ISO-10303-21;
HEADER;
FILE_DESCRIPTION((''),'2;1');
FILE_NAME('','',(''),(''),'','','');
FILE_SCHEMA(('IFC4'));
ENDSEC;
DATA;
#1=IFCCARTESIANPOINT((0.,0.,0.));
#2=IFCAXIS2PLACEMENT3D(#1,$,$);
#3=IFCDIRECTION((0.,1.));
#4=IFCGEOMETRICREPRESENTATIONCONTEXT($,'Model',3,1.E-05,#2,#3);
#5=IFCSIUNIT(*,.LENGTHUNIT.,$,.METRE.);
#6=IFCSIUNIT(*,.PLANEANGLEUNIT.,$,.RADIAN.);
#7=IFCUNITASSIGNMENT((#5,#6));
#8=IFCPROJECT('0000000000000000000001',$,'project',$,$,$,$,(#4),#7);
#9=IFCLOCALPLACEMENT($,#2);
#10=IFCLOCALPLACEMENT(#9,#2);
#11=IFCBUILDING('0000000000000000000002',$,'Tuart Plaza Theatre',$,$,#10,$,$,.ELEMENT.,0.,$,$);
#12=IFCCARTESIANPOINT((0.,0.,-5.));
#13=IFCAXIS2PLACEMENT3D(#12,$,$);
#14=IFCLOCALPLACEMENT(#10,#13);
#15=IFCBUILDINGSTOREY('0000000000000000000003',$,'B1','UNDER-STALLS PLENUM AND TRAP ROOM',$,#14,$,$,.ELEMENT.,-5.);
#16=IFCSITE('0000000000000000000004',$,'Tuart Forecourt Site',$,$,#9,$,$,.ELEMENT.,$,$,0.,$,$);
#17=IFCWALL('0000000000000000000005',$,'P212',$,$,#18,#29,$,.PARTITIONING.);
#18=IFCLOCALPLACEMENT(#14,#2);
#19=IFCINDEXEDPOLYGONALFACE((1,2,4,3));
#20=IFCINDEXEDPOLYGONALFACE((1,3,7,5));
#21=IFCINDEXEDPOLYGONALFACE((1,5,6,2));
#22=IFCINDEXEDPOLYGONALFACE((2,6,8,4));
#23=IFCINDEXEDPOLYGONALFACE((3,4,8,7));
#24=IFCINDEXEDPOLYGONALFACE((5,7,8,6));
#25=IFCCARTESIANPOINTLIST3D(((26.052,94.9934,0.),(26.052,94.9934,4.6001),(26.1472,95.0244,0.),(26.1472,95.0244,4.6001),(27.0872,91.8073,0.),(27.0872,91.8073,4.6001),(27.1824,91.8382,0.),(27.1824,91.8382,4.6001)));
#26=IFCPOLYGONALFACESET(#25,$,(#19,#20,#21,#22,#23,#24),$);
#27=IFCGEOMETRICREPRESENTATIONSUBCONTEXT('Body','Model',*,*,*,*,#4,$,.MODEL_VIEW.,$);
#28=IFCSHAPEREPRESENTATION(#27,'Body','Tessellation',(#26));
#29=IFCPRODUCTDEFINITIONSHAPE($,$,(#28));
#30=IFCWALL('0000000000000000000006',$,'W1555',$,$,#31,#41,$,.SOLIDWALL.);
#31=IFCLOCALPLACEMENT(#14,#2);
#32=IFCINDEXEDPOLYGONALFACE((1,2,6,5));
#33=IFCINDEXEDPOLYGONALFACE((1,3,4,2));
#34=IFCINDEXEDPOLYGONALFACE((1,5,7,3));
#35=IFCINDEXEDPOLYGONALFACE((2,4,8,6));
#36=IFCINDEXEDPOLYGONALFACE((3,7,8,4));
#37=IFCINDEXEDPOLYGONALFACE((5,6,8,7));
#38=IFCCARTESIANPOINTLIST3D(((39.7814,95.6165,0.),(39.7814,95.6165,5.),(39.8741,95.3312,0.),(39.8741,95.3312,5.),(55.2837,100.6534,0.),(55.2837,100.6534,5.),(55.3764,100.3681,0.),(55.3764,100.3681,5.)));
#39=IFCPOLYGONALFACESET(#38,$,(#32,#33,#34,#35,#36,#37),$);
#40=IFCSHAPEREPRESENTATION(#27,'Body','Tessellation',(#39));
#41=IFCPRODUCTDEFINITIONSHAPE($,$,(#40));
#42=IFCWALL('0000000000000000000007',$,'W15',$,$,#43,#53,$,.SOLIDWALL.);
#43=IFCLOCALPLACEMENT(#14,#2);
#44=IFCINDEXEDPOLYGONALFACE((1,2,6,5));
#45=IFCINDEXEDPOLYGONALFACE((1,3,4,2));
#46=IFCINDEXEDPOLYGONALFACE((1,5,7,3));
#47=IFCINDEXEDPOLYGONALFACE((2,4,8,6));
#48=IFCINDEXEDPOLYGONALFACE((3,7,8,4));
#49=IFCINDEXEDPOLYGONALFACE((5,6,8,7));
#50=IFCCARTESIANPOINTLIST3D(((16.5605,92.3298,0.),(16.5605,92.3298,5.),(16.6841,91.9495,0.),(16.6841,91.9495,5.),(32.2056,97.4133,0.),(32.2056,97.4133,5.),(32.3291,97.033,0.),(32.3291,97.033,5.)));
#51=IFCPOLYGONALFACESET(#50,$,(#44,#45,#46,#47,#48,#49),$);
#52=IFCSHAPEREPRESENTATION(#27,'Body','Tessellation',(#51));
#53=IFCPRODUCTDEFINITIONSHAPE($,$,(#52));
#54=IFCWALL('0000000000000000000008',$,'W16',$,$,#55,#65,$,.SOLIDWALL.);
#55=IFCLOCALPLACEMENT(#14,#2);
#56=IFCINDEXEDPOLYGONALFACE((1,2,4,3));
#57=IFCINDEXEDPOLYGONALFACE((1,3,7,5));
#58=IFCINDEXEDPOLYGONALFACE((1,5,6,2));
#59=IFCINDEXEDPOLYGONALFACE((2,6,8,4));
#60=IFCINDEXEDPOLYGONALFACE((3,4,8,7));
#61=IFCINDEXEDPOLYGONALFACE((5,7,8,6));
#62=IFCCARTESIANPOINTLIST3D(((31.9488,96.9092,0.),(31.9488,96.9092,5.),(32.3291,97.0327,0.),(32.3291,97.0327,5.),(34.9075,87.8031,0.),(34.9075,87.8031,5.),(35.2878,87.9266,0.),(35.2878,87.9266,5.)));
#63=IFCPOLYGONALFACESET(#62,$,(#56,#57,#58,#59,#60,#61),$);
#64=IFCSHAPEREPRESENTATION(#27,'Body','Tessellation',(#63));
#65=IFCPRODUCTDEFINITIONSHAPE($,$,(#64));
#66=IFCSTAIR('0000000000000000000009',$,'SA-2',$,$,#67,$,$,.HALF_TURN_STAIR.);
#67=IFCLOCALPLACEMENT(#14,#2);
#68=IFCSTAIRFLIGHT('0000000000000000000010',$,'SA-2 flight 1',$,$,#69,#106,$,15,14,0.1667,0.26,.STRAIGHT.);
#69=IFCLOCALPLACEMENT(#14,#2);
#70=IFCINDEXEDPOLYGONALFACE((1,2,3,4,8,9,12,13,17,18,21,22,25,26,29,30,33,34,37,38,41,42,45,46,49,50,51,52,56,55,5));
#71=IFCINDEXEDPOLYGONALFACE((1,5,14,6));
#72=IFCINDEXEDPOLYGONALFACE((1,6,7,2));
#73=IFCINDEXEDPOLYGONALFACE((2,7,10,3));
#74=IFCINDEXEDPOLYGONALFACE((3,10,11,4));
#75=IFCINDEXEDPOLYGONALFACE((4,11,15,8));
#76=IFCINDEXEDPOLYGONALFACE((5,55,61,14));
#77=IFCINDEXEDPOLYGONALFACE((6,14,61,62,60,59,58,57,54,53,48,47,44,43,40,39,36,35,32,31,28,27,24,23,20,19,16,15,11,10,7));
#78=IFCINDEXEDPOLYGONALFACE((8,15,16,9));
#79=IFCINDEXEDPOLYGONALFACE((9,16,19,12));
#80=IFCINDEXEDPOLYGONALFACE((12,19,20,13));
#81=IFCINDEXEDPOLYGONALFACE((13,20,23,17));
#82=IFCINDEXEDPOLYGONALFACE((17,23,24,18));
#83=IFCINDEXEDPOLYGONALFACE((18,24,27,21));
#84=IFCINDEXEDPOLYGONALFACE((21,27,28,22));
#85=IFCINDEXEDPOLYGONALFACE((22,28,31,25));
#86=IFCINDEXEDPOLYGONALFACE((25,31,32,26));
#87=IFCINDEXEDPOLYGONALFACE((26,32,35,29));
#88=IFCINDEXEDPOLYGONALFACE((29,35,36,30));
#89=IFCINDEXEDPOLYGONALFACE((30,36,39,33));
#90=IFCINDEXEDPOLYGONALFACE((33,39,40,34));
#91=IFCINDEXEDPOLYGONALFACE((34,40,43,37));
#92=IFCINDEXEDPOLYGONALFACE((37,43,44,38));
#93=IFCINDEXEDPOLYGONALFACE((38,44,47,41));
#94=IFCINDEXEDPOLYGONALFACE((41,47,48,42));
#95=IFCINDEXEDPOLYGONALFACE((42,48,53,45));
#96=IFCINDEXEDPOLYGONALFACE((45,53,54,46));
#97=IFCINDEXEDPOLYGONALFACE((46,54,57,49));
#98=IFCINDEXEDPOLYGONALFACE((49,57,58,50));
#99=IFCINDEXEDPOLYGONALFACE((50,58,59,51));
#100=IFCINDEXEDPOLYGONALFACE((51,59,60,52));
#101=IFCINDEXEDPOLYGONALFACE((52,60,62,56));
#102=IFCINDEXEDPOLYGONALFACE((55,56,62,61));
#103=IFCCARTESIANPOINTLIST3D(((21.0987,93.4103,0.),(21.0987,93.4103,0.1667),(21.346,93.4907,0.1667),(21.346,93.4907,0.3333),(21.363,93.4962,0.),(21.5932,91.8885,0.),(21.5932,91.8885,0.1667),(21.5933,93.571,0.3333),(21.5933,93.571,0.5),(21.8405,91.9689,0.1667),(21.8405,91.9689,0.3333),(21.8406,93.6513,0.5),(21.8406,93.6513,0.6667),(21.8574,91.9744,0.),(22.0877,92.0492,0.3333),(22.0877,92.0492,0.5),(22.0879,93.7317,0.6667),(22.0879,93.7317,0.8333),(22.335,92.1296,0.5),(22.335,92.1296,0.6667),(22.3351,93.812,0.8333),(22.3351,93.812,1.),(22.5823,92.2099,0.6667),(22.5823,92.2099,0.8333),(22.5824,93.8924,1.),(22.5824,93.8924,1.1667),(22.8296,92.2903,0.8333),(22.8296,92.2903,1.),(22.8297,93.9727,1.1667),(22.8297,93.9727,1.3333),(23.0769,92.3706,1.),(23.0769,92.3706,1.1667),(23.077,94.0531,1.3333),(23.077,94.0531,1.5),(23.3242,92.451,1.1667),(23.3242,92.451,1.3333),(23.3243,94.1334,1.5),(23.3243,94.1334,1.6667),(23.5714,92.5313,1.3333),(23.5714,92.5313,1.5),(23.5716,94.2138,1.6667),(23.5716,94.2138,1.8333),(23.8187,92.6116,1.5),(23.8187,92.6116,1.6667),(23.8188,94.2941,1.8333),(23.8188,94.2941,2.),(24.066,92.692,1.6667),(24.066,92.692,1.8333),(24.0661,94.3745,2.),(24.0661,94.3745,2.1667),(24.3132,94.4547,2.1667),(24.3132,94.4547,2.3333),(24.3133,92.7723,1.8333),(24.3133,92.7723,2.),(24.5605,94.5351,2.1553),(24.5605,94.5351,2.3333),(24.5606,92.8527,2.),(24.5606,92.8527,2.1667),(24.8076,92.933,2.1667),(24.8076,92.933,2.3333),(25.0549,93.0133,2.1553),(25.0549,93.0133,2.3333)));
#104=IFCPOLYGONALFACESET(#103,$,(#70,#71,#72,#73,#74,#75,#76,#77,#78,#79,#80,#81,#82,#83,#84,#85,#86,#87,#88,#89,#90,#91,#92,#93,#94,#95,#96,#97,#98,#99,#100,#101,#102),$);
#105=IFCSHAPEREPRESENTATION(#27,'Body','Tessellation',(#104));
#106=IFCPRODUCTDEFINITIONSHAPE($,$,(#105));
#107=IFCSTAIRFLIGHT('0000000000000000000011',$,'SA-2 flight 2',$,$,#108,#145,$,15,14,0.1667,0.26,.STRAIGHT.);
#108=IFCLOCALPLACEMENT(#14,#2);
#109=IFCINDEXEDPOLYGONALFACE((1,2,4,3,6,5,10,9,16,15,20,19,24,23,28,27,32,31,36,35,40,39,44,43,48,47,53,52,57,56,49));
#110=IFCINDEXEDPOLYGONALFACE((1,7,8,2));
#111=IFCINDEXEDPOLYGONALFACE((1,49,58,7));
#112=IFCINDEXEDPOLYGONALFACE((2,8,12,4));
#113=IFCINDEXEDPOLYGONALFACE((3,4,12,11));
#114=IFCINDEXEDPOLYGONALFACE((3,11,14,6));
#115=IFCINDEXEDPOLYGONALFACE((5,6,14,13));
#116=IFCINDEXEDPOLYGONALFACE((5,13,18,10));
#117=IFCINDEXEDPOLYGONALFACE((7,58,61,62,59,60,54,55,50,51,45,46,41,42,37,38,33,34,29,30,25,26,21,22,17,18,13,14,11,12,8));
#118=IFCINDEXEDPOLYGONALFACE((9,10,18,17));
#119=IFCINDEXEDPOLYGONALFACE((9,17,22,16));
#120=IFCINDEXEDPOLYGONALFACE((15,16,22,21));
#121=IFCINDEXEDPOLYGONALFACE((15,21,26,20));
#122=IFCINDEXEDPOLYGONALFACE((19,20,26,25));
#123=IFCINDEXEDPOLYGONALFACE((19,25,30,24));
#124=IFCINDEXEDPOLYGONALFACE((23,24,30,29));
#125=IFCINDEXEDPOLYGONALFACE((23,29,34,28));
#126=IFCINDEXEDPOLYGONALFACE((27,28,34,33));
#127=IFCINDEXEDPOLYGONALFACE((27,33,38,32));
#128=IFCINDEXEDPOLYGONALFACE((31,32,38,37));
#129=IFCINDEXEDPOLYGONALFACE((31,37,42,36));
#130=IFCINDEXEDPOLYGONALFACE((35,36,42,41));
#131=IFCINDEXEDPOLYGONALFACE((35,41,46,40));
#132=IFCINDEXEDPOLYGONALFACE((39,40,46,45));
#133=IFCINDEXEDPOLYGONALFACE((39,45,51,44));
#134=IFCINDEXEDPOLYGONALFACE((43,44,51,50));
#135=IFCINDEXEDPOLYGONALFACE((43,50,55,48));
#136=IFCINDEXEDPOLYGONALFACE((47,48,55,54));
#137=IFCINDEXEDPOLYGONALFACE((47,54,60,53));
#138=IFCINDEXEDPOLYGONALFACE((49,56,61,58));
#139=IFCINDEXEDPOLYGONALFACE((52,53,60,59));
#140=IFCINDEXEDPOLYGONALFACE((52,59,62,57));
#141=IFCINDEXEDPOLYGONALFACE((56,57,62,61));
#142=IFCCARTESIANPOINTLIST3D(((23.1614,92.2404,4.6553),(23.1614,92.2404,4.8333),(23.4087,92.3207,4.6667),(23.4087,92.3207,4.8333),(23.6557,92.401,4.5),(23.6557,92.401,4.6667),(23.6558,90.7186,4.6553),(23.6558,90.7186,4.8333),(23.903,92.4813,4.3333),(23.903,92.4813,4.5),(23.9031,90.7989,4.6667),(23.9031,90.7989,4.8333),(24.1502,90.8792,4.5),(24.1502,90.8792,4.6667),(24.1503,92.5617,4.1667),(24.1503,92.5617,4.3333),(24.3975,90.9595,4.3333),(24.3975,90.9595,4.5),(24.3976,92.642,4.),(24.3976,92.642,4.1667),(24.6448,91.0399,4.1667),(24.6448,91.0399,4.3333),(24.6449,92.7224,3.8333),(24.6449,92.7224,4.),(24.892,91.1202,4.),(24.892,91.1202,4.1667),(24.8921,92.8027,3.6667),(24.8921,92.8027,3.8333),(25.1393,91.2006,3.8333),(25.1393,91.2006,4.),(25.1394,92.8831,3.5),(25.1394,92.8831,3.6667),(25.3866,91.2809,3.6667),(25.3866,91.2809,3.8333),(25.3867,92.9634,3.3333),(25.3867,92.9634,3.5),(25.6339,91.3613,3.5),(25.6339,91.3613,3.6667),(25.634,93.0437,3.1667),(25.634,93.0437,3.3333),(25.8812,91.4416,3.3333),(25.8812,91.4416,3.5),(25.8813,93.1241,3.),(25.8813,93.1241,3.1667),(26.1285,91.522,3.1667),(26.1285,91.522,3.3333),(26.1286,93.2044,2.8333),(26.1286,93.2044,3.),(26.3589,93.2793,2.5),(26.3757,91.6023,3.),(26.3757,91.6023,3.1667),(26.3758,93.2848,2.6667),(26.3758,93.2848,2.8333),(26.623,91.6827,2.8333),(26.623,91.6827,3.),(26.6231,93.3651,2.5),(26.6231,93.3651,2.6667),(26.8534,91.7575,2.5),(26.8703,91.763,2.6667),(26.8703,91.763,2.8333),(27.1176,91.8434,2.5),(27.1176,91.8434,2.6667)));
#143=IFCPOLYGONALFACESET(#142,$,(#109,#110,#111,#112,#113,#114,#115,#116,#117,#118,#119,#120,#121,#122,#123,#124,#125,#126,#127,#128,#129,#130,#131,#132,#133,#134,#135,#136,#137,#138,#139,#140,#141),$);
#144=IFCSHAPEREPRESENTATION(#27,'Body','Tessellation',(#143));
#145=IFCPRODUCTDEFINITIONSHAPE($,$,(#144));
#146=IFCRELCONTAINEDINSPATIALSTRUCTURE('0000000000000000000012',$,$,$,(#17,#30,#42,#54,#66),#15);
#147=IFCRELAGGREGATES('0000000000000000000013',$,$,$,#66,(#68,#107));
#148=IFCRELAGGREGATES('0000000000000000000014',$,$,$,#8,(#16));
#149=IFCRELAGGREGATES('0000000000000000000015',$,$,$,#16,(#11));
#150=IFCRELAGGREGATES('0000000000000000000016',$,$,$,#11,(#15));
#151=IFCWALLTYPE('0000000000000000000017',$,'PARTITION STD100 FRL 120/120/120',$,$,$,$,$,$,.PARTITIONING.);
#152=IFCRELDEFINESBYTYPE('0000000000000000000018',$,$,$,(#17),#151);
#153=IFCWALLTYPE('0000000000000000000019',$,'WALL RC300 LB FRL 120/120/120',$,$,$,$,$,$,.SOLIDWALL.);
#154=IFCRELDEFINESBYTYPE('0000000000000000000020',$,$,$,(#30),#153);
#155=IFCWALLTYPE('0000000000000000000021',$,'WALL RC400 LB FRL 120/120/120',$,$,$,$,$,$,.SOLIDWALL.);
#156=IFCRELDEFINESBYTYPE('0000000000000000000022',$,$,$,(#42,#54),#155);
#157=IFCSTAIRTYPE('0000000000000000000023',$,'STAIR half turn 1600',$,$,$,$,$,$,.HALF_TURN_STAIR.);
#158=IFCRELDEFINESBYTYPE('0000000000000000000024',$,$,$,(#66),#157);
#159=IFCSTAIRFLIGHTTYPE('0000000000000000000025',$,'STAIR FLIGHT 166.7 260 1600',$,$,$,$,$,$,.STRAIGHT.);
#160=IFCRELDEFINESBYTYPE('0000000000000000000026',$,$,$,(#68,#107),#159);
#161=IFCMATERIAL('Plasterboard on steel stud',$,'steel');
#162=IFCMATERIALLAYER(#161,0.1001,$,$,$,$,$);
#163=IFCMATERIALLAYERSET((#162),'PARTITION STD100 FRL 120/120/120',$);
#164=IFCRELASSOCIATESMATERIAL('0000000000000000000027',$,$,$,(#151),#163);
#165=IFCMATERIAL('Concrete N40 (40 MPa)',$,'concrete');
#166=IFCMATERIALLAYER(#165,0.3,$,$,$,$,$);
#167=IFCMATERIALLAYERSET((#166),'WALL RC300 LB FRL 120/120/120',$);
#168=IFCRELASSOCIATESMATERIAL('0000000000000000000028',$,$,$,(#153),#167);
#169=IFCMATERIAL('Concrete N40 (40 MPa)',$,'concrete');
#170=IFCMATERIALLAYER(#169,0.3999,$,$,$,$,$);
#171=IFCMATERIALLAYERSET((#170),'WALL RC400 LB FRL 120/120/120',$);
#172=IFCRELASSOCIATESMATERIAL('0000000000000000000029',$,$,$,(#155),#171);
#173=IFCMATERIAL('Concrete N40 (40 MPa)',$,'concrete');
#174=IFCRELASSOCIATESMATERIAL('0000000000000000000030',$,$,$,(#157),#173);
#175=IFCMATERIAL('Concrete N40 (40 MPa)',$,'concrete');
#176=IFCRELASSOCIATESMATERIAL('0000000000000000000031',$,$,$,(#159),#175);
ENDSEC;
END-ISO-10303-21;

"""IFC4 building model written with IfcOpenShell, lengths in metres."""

from ifc_helpers import new_model, si_unit, direction, frame, frame_2d, origin, place, context, subcontext, project, spatial, polyline, rectangle, outline, extrude, material, layer, layer_set, type_object, element, aggregate, save


model = new_model("IFC4")

# Units and contexts
model_context = context("Model", 3, precision=1e-05, world=origin(), true_north=direction((0.0, 1.0)))
body_context = subcontext(model_context, "Body", "Model", "MODEL_VIEW")
ifc_project = project(units=[si_unit("LENGTHUNIT", "METRE"), si_unit("PLANEANGLEUNIT", "RADIAN")], contexts=[model_context])

# Site, building, storey
site_placement = place(None, origin())
site = spatial("IfcSite", under=ifc_project, at=site_placement, Name="Tuart Forecourt Site", CompositionType="ELEMENT", RefElevation=0.0)
building_placement = place(site_placement, origin())
building = spatial("IfcBuilding", under=site, at=building_placement, Name="Tuart Plaza Theatre", CompositionType="ELEMENT", ElevationOfRefHeight=0.0)
storey_placement = place(building_placement, frame((0.0, 0.0, -5.0)))
storey = spatial("IfcBuildingStorey", under=building, at=storey_placement, Name="B1", Description="UNDER-STALLS PLENUM AND TRAP ROOM", CompositionType="ELEMENT", Elevation=-5.0)

# Walls
ifc_material_1 = material(Name="Plasterboard on steel stud", Category="steel")
ifc_layer_1 = layer(ifc_material_1, 0.1001)
ifc_layer_set_1 = layer_set([ifc_layer_1], Name="PARTITION STD100 FRL 120/120/120")
wall_type_1 = type_object("IfcWallType", Name="PARTITION STD100 FRL 120/120/120", PredefinedType="PARTITIONING", material=ifc_layer_set_1)
wall_1_placement = place(storey_placement, frame((27.1348, 91.8228, 0.0), z_axis=(0.0, 0.0, 1.0), x_axis=(-0.309004, 0.951061, 0.0)))
element("IfcWall", 1, at=wall_1_placement, inside=storey, type_object=wall_type_1, Name="P212", PredefinedType="PARTITIONING", context=body_context, shape_type="SweptSolid", body=[
    extrude(rectangle(XDim=3.3501, YDim=0.1001, at=frame_2d((1.675, 0.0))), origin(), (0.0, 0.0, 1.0), 4.6001),
])
ifc_material_2 = material(Name="Concrete N40 (40 MPa)", Category="concrete")
ifc_layer_2 = layer(ifc_material_2, 0.3)
ifc_layer_set_2 = layer_set([ifc_layer_2], Name="WALL RC300 LB FRL 120/120/120")
wall_type_2 = type_object("IfcWallType", Name="WALL RC300 LB FRL 120/120/120", PredefinedType="SOLIDWALL", material=ifc_layer_set_2)
wall_2_placement = place(storey_placement, frame((39.8279, 95.4739, 0.0), z_axis=(0.0, 0.0, 1.0), x_axis=(0.951058, 0.309011, 0.0)))
element("IfcWall", 2, at=wall_2_placement, inside=storey, type_object=wall_type_2, Name="W1555", PredefinedType="SOLIDWALL", context=body_context, shape_type="SweptSolid", body=[
    extrude(rectangle(XDim=16.3, YDim=0.3, at=frame_2d((8.1499, 0.0))), origin(), (0.0, 0.0, 1.0), 5.0),
])
ifc_material_3 = material(Name="Concrete N40 (40 MPa)", Category="concrete")
ifc_layer_3 = layer(ifc_material_3, 0.3999)
ifc_layer_set_3 = layer_set([ifc_layer_3], Name="WALL RC400 LB FRL 120/120/120")
wall_type_3 = type_object("IfcWallType", Name="WALL RC400 LB FRL 120/120/120", PredefinedType="SOLIDWALL", material=ifc_layer_set_3)
wall_3_placement = place(storey_placement, frame((16.6223, 92.1396, 0.0), z_axis=(0.0, 0.0, 1.0), x_axis=(0.951054, 0.309024, 0.0)))
element("IfcWall", 3, at=wall_3_placement, inside=storey, type_object=wall_type_3, Name="W15", PredefinedType="SOLIDWALL", context=body_context, shape_type="SweptSolid", body=[
    extrude(rectangle(XDim=16.4502, YDim=0.3999, at=frame_2d((8.2251, 0.0))), origin(), (0.0, 0.0, 1.0), 5.0),
])
wall_4_placement = place(storey_placement, frame((32.1389, 96.9709, 0.0), z_axis=(0.0, 0.0, 1.0), x_axis=(0.309013, -0.951058, 0.0)))
element("IfcWall", 4, at=wall_4_placement, inside=storey, type_object=wall_type_3, Name="W16", PredefinedType="SOLIDWALL", context=body_context, shape_type="SweptSolid", body=[
    extrude(rectangle(XDim=9.5747, YDim=0.3999, at=frame_2d((4.7874, 0.0))), origin(), (0.0, 0.0, 1.0), 5.0),
])

# Stair, stair flights
ifc_material_4 = material(Name="Concrete N40 (40 MPa)", Category="concrete")
stair_type = type_object("IfcStairType", Name="STAIR half turn 1600", PredefinedType="HALF_TURN_STAIR", material=ifc_material_4)
stair_placement = place(storey_placement, origin())
stair = element("IfcStair", 5, at=stair_placement, inside=storey, type_object=stair_type, Name="SA-2", PredefinedType="HALF_TURN_STAIR")
ifc_material_5 = material(Name="Concrete N40 (40 MPa)", Category="concrete")
stair_flight_type = type_object("IfcStairFlightType", Name="STAIR FLIGHT 166.7 260 1600", PredefinedType="STRAIGHT", material=ifc_material_5)
stair_flight_1_placement = place(storey_placement, frame((21.3459, 92.6494, 0.0), z_axis=(0.0, 0.0, 1.0), x_axis=(0.951057, 0.309017, 0.0)))
stair_flight_1 = element("IfcStairFlight", 6, at=stair_flight_1_placement, type_object=stair_flight_type, Name="SA-2 flight 1", NumberOfRisers=15, NumberOfTreads=14, PredefinedType="STRAIGHT", RiserHeight=0.1667, TreadLength=0.26, context=body_context, shape_type="SweptSolid", body=[
    extrude(outline(polyline([(0.0, 0.0), (0.0, 0.1667), (0.26, 0.1667), (0.26, 0.3333), (0.52, 0.3333), (0.52, 0.5), (0.78, 0.5), (0.78, 0.6667), (1.04, 0.6667), (1.04, 0.8333), (1.3, 0.8333), (1.3, 1.0), (1.5601, 1.0), (1.5601, 1.1667), (1.8201, 1.1667), (1.8201, 1.3333), (2.0801, 1.3333), (2.0801, 1.5), (2.3401, 1.5), (2.3401, 1.6667), (2.6001, 1.6667), (2.6001, 1.8333), (2.8601, 1.8333), (2.8601, 2.0), (3.1201, 2.0), (3.1201, 2.1667), (3.3799, 2.1667), (3.3799, 2.3333), (3.6399, 2.3333), (3.6399, 2.5), (3.6399, 2.1553), (0.2778, 0.0), (0.0, 0.0)])), frame((0.0, 0.8, 0.0), z_axis=(0.0, -1.0, 0.0), x_axis=(1.0, 0.0, 0.0)), (0.0, 0.0, 1.0), 1.6001),
])
stair_flight_2_placement = place(storey_placement, frame((26.8704, 92.6042, 2.5), z_axis=(0.0, 0.0, 1.0), x_axis=(-0.951057, -0.309017, 0.0)))
stair_flight_2 = element("IfcStairFlight", 7, at=stair_flight_2_placement, type_object=stair_flight_type, Name="SA-2 flight 2", NumberOfRisers=15, NumberOfTreads=14, PredefinedType="STRAIGHT", RiserHeight=0.1667, TreadLength=0.26, context=body_context, shape_type="SweptSolid", body=[
    extrude(outline(polyline([(0.0, 0.0), (0.0, 0.1667), (0.26, 0.1667), (0.26, 0.3333), (0.52, 0.3333), (0.52, 0.5), (0.78, 0.5), (0.78, 0.6667), (1.04, 0.6667), (1.04, 0.8333), (1.3, 0.8333), (1.3, 1.0), (1.5601, 1.0), (1.5601, 1.1667), (1.8201, 1.1667), (1.8201, 1.3333), (2.0801, 1.3333), (2.0801, 1.5), (2.3401, 1.5), (2.3401, 1.6667), (2.6001, 1.6667), (2.6001, 1.8333), (2.8601, 1.8333), (2.8601, 2.0), (3.1201, 2.0), (3.1201, 2.1667), (3.3799, 2.1667), (3.3799, 2.3333), (3.6399, 2.3333), (3.6399, 2.5), (3.6399, 2.1553), (0.2778, 0.0), (0.0, 0.0)])), frame((0.0, 0.8, 0.0), z_axis=(0.0, -1.0, 0.0), x_axis=(1.0, 0.0, 0.0)), (0.0, 0.0, 1.0), 1.6001),
])
aggregate(stair, [stair_flight_1, stair_flight_2])

save(model, "model.ifc")
